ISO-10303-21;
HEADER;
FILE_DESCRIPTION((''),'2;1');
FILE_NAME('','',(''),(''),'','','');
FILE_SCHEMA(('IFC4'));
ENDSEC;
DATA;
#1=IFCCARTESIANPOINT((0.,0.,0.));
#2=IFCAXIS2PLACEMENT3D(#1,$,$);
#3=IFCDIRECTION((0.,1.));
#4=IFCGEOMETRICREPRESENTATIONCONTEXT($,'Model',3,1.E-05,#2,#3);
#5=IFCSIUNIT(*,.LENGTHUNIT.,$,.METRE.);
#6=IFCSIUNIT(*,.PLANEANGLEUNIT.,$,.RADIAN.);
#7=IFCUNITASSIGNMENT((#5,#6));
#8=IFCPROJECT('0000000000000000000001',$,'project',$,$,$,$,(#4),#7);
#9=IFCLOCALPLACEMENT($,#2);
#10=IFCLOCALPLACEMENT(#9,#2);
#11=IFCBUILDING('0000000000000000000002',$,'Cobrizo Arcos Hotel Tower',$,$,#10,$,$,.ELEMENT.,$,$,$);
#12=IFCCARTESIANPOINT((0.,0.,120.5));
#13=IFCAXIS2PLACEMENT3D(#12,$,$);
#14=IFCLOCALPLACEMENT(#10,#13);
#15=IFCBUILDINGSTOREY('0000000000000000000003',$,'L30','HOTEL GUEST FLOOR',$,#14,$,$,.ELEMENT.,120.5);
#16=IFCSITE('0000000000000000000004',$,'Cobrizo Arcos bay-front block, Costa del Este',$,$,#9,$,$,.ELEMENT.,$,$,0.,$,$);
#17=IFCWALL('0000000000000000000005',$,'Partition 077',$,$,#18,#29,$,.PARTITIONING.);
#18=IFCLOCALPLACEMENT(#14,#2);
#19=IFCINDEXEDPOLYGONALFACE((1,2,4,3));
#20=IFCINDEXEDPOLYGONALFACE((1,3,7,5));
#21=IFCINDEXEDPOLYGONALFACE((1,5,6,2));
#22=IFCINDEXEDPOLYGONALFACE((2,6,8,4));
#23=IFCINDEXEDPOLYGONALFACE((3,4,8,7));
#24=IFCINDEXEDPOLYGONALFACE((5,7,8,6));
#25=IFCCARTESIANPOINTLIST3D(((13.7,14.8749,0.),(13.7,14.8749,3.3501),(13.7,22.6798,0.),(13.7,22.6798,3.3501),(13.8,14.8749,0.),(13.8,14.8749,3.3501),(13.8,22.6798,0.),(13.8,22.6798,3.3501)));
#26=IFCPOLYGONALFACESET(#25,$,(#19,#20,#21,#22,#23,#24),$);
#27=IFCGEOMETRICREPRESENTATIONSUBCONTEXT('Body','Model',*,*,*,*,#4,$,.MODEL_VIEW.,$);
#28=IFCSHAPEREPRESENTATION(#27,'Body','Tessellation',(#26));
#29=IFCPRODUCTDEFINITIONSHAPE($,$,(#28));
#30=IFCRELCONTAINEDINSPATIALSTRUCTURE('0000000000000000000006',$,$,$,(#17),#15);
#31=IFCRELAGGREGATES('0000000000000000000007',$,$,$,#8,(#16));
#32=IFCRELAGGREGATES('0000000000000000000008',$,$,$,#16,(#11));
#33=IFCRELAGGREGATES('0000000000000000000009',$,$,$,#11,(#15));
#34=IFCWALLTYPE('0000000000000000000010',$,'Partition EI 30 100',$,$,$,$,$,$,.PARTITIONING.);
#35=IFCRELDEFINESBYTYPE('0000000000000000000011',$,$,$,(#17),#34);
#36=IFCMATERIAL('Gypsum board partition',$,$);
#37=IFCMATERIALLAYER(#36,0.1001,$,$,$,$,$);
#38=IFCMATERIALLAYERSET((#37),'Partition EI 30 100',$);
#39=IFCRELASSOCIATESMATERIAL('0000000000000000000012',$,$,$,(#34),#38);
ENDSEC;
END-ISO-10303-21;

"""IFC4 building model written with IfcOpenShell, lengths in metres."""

from ifc_helpers import new_model, si_unit, direction, frame, frame_2d, origin, place, context, subcontext, project, spatial, rectangle, extrude, material, layer, layer_set, type_object, element, save


model = new_model("IFC4")

# Units and contexts
model_context = context("Model", 3, precision=1e-05, world=origin(), true_north=direction((0.0, 1.0)))
body_context = subcontext(model_context, "Body", "Model", "MODEL_VIEW")
ifc_project = project(units=[si_unit("LENGTHUNIT", "METRE"), si_unit("PLANEANGLEUNIT", "RADIAN")], contexts=[model_context])

# Site, building, storey
site_placement = place(None, origin())
site = spatial("IfcSite", under=ifc_project, at=site_placement, Name="Cobrizo Arcos bay-front block, Costa del Este", CompositionType="ELEMENT", RefElevation=0.0)
building_placement = place(site_placement, origin())
building = spatial("IfcBuilding", under=site, at=building_placement, Name="Cobrizo Arcos Hotel Tower", CompositionType="ELEMENT")
storey_placement = place(building_placement, frame((0.0, 0.0, 120.5)))
storey = spatial("IfcBuildingStorey", under=building, at=storey_placement, Name="L30", Description="HOTEL GUEST FLOOR", CompositionType="ELEMENT", Elevation=120.5)

# Wall
ifc_material_1 = material(Name="Gypsum board partition")
ifc_layer_1 = layer(ifc_material_1, 0.1001)
ifc_layer_set_1 = layer_set([ifc_layer_1], Name="Partition EI 30 100")
wall_type = type_object("IfcWallType", Name="Partition EI 30 100", PredefinedType="PARTITIONING", material=ifc_layer_set_1)
wall_placement = place(storey_placement, frame((13.75, 14.875, 0.0), z_axis=(0.0, 0.0, 1.0), x_axis=(0.0, 1.0, 0.0)))
element("IfcWall", 1, at=wall_placement, inside=storey, type_object=wall_type, Name="Partition 077", PredefinedType="PARTITIONING", context=body_context, shape_type="SweptSolid", body=[
    extrude(rectangle(XDim=7.8049, YDim=0.1001, at=frame_2d((3.9023, 0.0))), origin(), (0.0, 0.0, 1.0), 3.3501),
])

save(model, "model.ifc")
